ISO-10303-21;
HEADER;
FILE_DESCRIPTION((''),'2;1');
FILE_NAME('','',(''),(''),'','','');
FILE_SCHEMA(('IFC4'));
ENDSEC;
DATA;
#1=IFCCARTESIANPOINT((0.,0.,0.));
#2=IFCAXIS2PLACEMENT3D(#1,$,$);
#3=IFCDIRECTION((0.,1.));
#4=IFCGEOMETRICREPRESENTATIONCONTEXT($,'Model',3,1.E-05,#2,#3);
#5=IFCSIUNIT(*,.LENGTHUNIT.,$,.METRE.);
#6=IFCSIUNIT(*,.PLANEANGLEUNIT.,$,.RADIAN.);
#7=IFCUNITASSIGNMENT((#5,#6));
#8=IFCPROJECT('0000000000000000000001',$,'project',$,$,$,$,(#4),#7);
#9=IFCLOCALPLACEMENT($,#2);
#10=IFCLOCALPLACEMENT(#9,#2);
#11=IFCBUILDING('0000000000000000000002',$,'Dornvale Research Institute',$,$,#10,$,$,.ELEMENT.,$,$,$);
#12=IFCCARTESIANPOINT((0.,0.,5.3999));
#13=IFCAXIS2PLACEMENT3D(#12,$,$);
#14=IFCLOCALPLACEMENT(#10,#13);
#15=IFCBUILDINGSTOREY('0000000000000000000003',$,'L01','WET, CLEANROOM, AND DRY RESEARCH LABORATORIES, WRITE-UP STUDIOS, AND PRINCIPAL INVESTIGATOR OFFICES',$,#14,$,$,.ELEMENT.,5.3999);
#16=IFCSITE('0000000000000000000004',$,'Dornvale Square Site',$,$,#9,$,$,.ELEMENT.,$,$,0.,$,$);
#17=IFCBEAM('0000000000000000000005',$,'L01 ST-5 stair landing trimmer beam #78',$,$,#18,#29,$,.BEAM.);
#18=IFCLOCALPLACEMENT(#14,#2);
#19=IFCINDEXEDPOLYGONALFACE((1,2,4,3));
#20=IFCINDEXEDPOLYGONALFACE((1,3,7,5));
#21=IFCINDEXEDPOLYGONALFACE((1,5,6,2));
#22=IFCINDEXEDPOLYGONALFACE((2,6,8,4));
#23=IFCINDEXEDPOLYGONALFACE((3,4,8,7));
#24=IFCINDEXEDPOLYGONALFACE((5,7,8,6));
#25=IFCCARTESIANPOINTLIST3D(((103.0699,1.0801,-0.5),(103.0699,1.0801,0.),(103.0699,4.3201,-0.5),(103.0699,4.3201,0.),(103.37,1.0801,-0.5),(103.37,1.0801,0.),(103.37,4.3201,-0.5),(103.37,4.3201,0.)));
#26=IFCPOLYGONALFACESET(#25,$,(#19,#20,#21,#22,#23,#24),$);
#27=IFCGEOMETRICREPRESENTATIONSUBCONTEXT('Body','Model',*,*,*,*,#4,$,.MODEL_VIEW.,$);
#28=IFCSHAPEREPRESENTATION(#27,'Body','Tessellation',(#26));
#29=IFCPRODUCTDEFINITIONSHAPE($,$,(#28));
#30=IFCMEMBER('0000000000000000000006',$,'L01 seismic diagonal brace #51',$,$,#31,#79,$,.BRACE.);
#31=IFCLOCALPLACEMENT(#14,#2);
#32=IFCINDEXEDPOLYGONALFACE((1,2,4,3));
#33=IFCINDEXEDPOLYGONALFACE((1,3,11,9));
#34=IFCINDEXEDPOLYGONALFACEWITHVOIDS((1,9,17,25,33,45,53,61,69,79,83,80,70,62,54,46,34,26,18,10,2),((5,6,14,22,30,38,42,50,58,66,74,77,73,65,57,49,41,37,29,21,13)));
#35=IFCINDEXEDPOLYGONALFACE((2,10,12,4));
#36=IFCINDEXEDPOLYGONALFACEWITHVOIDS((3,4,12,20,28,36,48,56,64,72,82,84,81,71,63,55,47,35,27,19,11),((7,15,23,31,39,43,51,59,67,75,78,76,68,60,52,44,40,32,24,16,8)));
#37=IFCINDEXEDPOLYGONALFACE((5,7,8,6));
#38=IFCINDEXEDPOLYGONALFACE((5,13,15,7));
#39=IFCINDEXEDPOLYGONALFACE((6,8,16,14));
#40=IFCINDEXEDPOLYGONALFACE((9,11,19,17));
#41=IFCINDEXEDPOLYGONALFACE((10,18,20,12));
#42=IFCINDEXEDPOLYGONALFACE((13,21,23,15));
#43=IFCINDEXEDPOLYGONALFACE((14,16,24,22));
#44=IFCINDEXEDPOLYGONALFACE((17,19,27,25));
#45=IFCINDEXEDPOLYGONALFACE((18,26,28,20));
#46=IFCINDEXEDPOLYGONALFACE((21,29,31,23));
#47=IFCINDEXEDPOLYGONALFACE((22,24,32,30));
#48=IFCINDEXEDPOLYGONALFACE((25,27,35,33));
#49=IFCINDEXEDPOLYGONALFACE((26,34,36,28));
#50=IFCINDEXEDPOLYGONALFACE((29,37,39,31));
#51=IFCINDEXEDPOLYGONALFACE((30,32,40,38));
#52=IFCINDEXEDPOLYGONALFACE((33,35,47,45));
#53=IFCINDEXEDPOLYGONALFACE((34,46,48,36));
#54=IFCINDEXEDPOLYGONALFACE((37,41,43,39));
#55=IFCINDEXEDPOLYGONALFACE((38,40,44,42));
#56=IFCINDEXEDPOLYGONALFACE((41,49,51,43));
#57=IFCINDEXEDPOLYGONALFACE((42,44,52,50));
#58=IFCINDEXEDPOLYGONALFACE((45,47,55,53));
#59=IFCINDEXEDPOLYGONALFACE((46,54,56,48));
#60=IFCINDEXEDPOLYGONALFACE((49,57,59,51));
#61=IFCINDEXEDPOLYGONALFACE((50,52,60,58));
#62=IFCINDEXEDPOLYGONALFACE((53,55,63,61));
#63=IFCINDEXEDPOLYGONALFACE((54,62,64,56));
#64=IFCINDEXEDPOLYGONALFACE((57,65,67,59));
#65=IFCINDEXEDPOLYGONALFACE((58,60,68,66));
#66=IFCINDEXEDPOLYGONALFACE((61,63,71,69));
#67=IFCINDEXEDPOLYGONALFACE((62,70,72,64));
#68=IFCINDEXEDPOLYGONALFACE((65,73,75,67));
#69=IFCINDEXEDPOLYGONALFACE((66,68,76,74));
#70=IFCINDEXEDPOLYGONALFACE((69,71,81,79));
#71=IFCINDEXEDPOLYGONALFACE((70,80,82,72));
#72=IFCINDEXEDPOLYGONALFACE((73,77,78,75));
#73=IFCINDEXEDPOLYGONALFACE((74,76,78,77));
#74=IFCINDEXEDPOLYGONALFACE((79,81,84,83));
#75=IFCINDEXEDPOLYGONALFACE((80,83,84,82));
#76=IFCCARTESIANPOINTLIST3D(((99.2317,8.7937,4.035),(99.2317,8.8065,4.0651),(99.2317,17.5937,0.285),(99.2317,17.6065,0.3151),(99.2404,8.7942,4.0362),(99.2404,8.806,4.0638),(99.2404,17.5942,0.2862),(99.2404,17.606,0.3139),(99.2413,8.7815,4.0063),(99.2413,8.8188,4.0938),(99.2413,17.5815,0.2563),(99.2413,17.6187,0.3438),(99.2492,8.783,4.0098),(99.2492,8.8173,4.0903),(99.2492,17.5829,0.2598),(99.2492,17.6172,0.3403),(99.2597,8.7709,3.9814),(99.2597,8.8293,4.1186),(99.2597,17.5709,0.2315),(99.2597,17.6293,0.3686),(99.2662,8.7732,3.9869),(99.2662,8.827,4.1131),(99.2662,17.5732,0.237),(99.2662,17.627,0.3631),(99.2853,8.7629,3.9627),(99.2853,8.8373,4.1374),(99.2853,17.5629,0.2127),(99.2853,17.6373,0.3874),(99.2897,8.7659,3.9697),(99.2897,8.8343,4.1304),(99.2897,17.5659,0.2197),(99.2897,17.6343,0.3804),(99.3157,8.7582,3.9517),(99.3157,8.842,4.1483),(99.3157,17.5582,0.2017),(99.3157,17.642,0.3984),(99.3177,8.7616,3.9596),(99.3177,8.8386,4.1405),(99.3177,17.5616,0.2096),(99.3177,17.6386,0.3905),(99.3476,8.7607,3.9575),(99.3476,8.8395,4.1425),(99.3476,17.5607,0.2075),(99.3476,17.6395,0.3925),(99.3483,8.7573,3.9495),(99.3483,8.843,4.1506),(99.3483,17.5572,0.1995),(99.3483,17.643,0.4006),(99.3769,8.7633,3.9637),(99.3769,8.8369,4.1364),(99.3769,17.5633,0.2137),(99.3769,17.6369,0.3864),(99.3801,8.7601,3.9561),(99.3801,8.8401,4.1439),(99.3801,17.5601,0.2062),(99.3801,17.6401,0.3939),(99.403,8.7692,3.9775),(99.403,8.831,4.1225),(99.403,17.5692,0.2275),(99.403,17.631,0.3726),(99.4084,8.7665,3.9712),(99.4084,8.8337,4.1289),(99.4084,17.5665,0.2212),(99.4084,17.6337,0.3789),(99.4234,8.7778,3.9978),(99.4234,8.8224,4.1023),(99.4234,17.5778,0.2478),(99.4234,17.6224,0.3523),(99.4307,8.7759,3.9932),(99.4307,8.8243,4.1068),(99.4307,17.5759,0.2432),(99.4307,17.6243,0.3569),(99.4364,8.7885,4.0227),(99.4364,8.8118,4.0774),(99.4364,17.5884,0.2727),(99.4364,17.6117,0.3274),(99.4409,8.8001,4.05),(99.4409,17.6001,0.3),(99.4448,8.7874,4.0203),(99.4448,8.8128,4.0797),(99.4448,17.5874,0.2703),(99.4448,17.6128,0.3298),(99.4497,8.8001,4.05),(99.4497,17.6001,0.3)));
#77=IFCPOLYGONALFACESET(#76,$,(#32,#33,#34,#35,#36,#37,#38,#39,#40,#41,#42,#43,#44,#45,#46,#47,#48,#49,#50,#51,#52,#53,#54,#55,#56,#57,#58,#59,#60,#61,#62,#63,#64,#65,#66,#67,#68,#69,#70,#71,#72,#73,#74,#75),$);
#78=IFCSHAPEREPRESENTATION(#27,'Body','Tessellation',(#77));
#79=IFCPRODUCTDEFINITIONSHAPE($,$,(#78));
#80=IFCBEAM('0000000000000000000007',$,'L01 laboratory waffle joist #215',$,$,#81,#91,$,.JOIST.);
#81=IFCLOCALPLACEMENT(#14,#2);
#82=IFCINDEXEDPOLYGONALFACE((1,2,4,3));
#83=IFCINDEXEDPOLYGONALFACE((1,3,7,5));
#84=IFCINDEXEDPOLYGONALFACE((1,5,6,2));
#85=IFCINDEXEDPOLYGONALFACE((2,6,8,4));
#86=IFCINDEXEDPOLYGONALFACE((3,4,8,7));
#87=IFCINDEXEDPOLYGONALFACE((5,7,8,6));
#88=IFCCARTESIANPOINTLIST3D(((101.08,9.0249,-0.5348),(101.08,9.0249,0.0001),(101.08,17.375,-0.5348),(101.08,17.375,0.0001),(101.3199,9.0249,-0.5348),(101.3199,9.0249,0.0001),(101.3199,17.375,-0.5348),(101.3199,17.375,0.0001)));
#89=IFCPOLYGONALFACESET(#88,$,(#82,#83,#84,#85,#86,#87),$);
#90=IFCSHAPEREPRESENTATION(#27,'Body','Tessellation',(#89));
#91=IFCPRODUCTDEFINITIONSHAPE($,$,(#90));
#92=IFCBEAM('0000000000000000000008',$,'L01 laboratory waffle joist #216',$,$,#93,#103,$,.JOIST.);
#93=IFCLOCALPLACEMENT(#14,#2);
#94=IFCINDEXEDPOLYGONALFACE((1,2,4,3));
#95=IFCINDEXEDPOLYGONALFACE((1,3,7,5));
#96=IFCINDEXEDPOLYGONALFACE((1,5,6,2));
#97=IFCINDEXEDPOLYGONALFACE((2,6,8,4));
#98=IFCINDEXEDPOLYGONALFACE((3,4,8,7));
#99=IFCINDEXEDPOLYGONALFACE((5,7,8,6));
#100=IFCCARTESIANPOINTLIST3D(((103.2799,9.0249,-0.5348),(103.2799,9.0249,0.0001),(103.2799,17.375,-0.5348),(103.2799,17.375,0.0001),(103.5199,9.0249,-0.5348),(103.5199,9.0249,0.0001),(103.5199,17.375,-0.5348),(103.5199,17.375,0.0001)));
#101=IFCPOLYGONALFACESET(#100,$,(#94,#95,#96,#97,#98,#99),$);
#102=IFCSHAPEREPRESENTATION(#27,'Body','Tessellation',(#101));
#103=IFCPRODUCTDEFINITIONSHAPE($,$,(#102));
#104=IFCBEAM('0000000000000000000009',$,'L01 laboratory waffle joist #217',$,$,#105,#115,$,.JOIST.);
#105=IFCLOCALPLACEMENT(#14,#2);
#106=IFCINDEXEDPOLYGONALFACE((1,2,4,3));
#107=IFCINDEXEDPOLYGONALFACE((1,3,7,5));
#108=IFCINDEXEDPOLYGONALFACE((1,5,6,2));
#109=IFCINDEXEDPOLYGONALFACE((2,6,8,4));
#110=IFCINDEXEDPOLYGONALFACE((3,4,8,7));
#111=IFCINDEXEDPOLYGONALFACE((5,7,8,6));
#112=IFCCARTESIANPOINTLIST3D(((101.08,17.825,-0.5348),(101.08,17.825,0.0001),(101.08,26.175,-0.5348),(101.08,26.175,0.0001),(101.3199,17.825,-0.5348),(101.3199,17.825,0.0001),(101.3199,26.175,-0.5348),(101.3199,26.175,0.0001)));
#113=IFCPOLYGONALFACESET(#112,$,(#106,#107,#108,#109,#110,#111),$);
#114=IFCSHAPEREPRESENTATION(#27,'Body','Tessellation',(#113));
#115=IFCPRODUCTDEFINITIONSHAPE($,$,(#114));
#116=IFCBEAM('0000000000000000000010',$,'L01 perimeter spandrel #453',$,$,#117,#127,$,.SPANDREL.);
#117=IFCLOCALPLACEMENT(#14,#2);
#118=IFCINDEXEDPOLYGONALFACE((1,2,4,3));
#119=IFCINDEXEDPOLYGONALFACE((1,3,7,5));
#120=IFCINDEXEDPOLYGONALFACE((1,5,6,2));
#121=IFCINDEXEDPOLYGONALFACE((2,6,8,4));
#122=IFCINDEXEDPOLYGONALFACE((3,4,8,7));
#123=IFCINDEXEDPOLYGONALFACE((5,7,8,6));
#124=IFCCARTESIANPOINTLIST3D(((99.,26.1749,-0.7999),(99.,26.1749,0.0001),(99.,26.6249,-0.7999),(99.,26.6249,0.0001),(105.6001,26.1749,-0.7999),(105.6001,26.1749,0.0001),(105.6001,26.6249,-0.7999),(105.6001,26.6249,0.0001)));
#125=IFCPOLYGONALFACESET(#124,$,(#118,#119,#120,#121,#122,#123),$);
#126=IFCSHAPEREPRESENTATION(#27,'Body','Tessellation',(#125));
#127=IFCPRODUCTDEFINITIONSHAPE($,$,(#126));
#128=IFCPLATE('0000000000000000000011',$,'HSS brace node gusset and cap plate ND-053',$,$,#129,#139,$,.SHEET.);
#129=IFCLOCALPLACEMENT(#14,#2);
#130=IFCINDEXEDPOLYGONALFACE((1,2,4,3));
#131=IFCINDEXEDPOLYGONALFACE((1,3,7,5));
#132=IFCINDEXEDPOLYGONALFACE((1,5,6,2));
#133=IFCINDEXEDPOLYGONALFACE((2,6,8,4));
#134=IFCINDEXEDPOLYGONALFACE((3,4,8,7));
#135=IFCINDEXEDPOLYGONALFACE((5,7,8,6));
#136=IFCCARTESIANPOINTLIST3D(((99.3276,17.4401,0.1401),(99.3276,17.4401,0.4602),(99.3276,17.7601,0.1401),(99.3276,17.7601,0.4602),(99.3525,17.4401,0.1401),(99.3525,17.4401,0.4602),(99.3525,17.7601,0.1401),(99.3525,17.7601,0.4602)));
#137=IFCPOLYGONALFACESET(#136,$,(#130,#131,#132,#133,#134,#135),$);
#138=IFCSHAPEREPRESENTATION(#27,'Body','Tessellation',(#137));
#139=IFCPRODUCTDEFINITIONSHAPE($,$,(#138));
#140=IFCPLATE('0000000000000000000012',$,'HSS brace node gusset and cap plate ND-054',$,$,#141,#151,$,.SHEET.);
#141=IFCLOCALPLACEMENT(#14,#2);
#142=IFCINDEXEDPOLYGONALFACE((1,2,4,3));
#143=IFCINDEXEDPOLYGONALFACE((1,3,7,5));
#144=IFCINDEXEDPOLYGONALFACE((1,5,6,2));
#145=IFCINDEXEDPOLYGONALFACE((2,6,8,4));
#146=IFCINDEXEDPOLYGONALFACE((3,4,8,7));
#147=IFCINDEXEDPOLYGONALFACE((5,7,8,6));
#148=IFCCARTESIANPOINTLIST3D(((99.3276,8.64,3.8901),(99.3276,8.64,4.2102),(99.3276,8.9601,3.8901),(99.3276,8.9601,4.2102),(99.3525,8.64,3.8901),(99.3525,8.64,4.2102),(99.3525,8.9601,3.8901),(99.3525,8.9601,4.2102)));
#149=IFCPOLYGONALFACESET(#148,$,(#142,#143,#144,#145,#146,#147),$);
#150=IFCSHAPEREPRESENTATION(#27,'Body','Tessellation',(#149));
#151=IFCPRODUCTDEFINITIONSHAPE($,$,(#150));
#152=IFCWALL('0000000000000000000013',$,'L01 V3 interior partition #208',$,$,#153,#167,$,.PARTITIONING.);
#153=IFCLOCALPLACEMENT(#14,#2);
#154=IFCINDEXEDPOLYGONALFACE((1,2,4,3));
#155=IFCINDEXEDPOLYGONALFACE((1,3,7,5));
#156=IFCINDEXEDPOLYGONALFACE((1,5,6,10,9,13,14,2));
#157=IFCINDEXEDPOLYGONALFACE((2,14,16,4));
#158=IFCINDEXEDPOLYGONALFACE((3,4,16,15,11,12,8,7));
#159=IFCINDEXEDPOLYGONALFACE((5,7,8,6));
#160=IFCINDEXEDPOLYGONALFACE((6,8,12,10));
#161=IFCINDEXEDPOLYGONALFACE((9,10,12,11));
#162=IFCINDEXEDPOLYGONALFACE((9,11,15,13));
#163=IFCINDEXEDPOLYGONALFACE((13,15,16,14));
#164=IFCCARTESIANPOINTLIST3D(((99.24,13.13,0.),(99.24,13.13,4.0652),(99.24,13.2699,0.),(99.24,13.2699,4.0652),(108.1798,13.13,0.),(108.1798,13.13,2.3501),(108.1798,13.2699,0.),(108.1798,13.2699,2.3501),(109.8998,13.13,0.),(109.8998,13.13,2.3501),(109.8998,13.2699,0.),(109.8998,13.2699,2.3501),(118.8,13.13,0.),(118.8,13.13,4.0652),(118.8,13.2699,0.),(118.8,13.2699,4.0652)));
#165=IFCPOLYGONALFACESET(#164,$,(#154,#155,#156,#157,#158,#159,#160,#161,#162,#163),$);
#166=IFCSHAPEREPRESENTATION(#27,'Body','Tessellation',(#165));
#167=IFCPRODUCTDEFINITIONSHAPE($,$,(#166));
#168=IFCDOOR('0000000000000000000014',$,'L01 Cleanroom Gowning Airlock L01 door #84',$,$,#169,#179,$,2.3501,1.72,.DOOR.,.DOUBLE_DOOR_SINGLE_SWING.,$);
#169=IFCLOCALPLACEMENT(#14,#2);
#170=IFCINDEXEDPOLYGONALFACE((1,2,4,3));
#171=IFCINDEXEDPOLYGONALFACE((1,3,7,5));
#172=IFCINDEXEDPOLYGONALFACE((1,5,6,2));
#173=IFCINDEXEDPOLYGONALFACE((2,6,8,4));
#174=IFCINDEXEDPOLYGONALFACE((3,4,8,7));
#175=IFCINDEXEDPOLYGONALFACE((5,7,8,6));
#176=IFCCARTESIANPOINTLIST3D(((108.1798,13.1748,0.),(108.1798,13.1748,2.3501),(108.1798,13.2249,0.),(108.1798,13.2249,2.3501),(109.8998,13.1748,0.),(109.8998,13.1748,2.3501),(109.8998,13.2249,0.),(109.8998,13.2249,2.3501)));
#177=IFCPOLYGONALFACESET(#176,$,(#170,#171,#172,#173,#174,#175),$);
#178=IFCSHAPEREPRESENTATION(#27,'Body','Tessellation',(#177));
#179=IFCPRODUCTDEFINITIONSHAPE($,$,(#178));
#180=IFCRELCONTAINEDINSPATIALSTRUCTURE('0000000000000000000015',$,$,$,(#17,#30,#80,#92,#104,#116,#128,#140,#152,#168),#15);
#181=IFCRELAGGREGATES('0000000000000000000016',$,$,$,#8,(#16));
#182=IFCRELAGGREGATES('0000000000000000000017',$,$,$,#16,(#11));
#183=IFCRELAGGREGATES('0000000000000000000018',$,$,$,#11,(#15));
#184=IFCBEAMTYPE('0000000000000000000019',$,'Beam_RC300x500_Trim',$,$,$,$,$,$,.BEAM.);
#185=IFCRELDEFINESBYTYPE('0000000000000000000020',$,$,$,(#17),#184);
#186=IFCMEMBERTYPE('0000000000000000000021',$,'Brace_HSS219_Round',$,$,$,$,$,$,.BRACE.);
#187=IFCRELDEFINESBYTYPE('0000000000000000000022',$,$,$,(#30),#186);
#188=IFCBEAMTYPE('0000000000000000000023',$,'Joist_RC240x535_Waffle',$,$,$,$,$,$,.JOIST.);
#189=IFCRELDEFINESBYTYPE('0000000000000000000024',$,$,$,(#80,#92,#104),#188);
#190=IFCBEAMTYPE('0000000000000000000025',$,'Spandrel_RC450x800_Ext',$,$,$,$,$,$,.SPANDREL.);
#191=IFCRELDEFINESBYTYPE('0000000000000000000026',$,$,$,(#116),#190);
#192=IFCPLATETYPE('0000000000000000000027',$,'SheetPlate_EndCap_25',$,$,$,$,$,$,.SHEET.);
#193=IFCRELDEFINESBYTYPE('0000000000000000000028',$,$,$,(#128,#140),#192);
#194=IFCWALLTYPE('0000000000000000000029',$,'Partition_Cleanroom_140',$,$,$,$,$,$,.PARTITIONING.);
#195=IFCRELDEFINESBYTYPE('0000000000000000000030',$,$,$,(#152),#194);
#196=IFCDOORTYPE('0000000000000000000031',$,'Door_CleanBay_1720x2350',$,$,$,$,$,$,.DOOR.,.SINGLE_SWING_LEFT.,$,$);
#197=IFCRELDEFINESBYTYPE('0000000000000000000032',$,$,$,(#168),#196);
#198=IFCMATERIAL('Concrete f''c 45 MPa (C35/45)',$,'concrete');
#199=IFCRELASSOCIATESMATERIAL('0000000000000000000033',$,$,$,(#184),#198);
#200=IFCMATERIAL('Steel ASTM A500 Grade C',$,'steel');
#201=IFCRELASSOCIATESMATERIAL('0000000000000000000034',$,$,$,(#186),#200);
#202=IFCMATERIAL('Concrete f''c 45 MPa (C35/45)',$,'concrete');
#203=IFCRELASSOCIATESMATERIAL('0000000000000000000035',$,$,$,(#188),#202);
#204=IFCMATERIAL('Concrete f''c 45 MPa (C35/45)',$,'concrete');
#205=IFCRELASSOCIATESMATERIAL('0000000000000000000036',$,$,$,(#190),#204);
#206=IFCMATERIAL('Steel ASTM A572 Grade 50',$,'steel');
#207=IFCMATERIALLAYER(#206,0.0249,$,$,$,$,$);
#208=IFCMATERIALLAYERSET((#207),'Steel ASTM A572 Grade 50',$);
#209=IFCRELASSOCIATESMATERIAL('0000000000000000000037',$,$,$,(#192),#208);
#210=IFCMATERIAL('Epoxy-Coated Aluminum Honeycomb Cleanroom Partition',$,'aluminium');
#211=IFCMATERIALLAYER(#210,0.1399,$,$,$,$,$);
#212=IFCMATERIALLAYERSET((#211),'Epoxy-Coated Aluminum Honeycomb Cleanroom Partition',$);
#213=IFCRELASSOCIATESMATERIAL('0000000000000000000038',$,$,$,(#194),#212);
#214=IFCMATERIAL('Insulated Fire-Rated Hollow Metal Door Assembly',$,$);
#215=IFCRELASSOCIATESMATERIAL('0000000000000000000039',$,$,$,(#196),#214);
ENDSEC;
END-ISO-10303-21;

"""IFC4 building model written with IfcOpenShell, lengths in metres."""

from ifc_helpers import new_model, si_unit, direction, frame, frame_2d, origin, origin_2d, place, context, subcontext, project, spatial, rectangle, hollow_circle, extrude, material, layer, layer_set, material_profile, profile_set, type_object, element, fill, save


model = new_model("IFC4")

# Units and contexts
model_context = context("Model", 3, precision=1e-05, world=origin(), true_north=direction((0.0, 1.0)))
body_context = subcontext(model_context, "Body", "Model", "MODEL_VIEW")
ifc_project = project(units=[si_unit("LENGTHUNIT", "METRE"), si_unit("PLANEANGLEUNIT", "RADIAN")], contexts=[model_context])

# Site, building, storey
site_placement = place(None, origin())
site = spatial("IfcSite", under=ifc_project, at=site_placement, Name="Dornvale Square Site", CompositionType="ELEMENT", RefElevation=0.0)
building_placement = place(site_placement, origin())
building = spatial("IfcBuilding", under=site, at=building_placement, Name="Dornvale Research Institute", CompositionType="ELEMENT")
storey_placement = place(building_placement, frame((0.0, 0.0, 5.3999)))
storey = spatial("IfcBuildingStorey", under=building, at=storey_placement, Name="L01", Description="WET, CLEANROOM, AND DRY RESEARCH LABORATORIES, WRITE-UP STUDIOS, AND PRINCIPAL INVESTIGATOR OFFICES", CompositionType="ELEMENT", Elevation=5.3999)

# Beam
ifc_material_1 = material(Name="Concrete f'c 45 MPa (C35/45)", Category="concrete")
ifc_material_profile_1 = material_profile(ifc_material_1, rectangle(XDim=0.3, YDim=0.5, at=origin_2d()), Name="RC 300x500")
ifc_profile_set_1 = profile_set([ifc_material_profile_1], Name="Concrete f'c 45 MPa (C35/45)")
beam_type_1 = type_object("IfcBeamType", Name="Beam_RC300x500_Trim", PredefinedType="BEAM", material=ifc_profile_set_1)
beam_1_placement = place(storey_placement, frame((103.22, 1.0801, -0.25), z_axis=(0.0, 1.0, 0.0), x_axis=(-1.0, 0.0, 0.0)))
element("IfcBeam", 1, at=beam_1_placement, inside=storey, type_object=beam_type_1, Name="L01 ST-5 stair landing trimmer beam #78", PredefinedType="BEAM", context=body_context, shape_type="SweptSolid", body=[
    extrude(rectangle(XDim=0.3, YDim=0.5, at=origin_2d()), origin(), (0.0, 0.0, 1.0), 3.24),
])

# Member
ifc_material_2 = material(Name="Steel ASTM A500 Grade C", Category="steel")
ifc_material_profile_2 = material_profile(ifc_material_2, hollow_circle(Radius=0.1096, WallThickness=0.0088, at=origin_2d()), Name="HSS219X9.5")
ifc_profile_set_2 = profile_set([ifc_material_profile_2], Name="Steel ASTM A500 Grade C")
member_type = type_object("IfcMemberType", Name="Brace_HSS219_Round", PredefinedType="BRACE", material=ifc_profile_set_2)
member_placement = place(storey_placement, frame((99.3401, 17.6001, 0.3), z_axis=(0.0, -0.919955, 0.392024), x_axis=(1.0, 0.0, 0.0)))
element("IfcMember", 2, at=member_placement, inside=storey, type_object=member_type, Name="L01 seismic diagonal brace #51", PredefinedType="BRACE", context=body_context, shape_type="SweptSolid", body=[
    extrude(hollow_circle(Radius=0.1096, WallThickness=0.0088, at=origin_2d()), origin(), (0.0, 0.0, 1.0), 9.5657),
])

# Beams
ifc_material_3 = material(Name="Concrete f'c 45 MPa (C35/45)", Category="concrete")
ifc_material_profile_3 = material_profile(ifc_material_3, rectangle(XDim=0.24, YDim=0.5349, at=origin_2d()), Name="RC 240x535")
ifc_profile_set_3 = profile_set([ifc_material_profile_3], Name="Concrete f'c 45 MPa (C35/45)")
beam_type_2 = type_object("IfcBeamType", Name="Joist_RC240x535_Waffle", PredefinedType="JOIST", material=ifc_profile_set_3)
for number, where, z_axis, x_axis, name in (
    (3, (101.2, 9.0249, -0.2673), (0.0, 1.0, 0.0), (-1.0, 0.0, 0.0), "L01 laboratory waffle joist #215"),
    (4, (103.3999, 9.0249, -0.2673), (0.0, 1.0, 0.0), (-1.0, 0.0, 0.0), "L01 laboratory waffle joist #216"),
    (5, (101.2, 17.825, -0.2673), (0.0, 1.0, 0.0), (-1.0, 0.0, 0.0), "L01 laboratory waffle joist #217"),
):
    element("IfcBeam", number, at=place(storey_placement, frame(where, z_axis=z_axis, x_axis=x_axis)), inside=storey, type_object=beam_type_2, Name=name, PredefinedType="JOIST", context=body_context, shape_type="SweptSolid", body=[
        extrude(rectangle(XDim=0.24, YDim=0.5349, at=origin_2d()), origin(), (0.0, 0.0, 1.0), 8.3501),
    ])
ifc_material_4 = material(Name="Concrete f'c 45 MPa (C35/45)", Category="concrete")
ifc_material_profile_4 = material_profile(ifc_material_4, rectangle(XDim=0.45, YDim=0.8, at=origin_2d()), Name="RC 450x800")
ifc_profile_set_4 = profile_set([ifc_material_profile_4], Name="Concrete f'c 45 MPa (C35/45)")
beam_type_3 = type_object("IfcBeamType", Name="Spandrel_RC450x800_Ext", PredefinedType="SPANDREL", material=ifc_profile_set_4)
beam_2_placement = place(storey_placement, frame((99.0, 26.3999, -0.3999), z_axis=(1.0, 0.0, 0.0), x_axis=(0.0, 1.0, 0.0)))
element("IfcBeam", 6, at=beam_2_placement, inside=storey, type_object=beam_type_3, Name="L01 perimeter spandrel #453", PredefinedType="SPANDREL", context=body_context, shape_type="SweptSolid", body=[
    extrude(rectangle(XDim=0.45, YDim=0.8, at=origin_2d()), origin(), (0.0, 0.0, 1.0), 6.6001),
])

# Plates
ifc_material_5 = material(Name="Steel ASTM A572 Grade 50", Category="steel")
ifc_layer_1 = layer(ifc_material_5, 0.0249)
ifc_layer_set_1 = layer_set([ifc_layer_1], Name="Steel ASTM A572 Grade 50")
plate_type = type_object("IfcPlateType", Name="SheetPlate_EndCap_25", PredefinedType="SHEET", material=ifc_layer_set_1)
for number, where, z_axis, x_axis, name in (
    (7, (99.3401, 17.6001, 0.1401), (0.0, 0.0, 1.0), (0.0, 1.0, 0.0), "HSS brace node gusset and cap plate ND-053"),
    (8, (99.3401, 8.8, 3.8901), (0.0, 0.0, 1.0), (0.0, 1.0, 0.0), "HSS brace node gusset and cap plate ND-054"),
):
    element("IfcPlate", number, at=place(storey_placement, frame(where, z_axis=z_axis, x_axis=x_axis)), inside=storey, type_object=plate_type, Name=name, PredefinedType="SHEET", context=body_context, shape_type="SweptSolid", body=[
        extrude(rectangle(XDim=0.3201, YDim=0.0249, at=origin_2d()), origin(), (0.0, 0.0, 1.0), 0.3201),
    ])

# Wall, opening, door
ifc_material_6 = material(Name="Epoxy-Coated Aluminum Honeycomb Cleanroom Partition", Category="aluminium")
ifc_layer_2 = layer(ifc_material_6, 0.1399)
ifc_layer_set_2 = layer_set([ifc_layer_2], Name="Epoxy-Coated Aluminum Honeycomb Cleanroom Partition")
wall_type_1 = type_object("IfcWallType", Name="Partition_Cleanroom_140", PredefinedType="PARTITIONING", material=ifc_layer_set_2)
wall_1_placement = place(storey_placement, frame((99.24, 13.2, 0.0), z_axis=(0.0, 0.0, 1.0), x_axis=(1.0, 0.0, 0.0)))
wall_1 = element("IfcWall", 9, at=wall_1_placement, inside=storey, type_object=wall_type_1, Name="L01 V3 interior partition #208", PredefinedType="PARTITIONING", context=body_context, shape_type="SweptSolid", body=[
    extrude(rectangle(XDim=19.5601, YDim=0.1399, at=frame_2d((9.78, 0.0))), origin(), (0.0, 0.0, 1.0), 4.0652),
])
opening_1_placement = place(wall_1_placement, frame((8.9399, 0.0, 0.0)))
opening_1 = element("IfcOpeningElement", 10, at=opening_1_placement, cuts=wall_1, PredefinedType="OPENING", context=body_context, shape_type="SweptSolid", body=[
    extrude(rectangle(XDim=1.72, YDim=2.3501, at=frame_2d((0.8599, 1.175))), frame((0.0, 0.085, 0.0), z_axis=(0.0, -1.0, 0.0), x_axis=(1.0, 0.0, 0.0)), (0.0, 0.0, 1.0), 0.1699),
])
ifc_material_7 = material(Name="Insulated Fire-Rated Hollow Metal Door Assembly")
door_type_1 = type_object("IfcDoorType", Name="Door_CleanBay_1720x2350", OperationType="SINGLE_SWING_LEFT", PredefinedType="DOOR", material=ifc_material_7)
door_1_placement = place(opening_1_placement, origin())
door_1 = element("IfcDoor", 11, at=door_1_placement, inside=storey, type_object=door_type_1, Name="L01 Cleanroom Gowning Airlock L01 door #84", OperationType="DOUBLE_DOOR_SINGLE_SWING", OverallHeight=2.3501, OverallWidth=1.72, PredefinedType="DOOR", context=body_context, shape_type="SweptSolid", body=[
    extrude(rectangle(XDim=1.72, YDim=2.3501, at=frame_2d((0.8599, 1.175))), frame((0.0, 0.0249, 0.0), z_axis=(0.0, -1.0, 0.0), x_axis=(1.0, 0.0, 0.0)), (0.0, 0.0, 1.0), 0.05),
])
fill(opening_1, door_1)

save(model, "model.ifc")
